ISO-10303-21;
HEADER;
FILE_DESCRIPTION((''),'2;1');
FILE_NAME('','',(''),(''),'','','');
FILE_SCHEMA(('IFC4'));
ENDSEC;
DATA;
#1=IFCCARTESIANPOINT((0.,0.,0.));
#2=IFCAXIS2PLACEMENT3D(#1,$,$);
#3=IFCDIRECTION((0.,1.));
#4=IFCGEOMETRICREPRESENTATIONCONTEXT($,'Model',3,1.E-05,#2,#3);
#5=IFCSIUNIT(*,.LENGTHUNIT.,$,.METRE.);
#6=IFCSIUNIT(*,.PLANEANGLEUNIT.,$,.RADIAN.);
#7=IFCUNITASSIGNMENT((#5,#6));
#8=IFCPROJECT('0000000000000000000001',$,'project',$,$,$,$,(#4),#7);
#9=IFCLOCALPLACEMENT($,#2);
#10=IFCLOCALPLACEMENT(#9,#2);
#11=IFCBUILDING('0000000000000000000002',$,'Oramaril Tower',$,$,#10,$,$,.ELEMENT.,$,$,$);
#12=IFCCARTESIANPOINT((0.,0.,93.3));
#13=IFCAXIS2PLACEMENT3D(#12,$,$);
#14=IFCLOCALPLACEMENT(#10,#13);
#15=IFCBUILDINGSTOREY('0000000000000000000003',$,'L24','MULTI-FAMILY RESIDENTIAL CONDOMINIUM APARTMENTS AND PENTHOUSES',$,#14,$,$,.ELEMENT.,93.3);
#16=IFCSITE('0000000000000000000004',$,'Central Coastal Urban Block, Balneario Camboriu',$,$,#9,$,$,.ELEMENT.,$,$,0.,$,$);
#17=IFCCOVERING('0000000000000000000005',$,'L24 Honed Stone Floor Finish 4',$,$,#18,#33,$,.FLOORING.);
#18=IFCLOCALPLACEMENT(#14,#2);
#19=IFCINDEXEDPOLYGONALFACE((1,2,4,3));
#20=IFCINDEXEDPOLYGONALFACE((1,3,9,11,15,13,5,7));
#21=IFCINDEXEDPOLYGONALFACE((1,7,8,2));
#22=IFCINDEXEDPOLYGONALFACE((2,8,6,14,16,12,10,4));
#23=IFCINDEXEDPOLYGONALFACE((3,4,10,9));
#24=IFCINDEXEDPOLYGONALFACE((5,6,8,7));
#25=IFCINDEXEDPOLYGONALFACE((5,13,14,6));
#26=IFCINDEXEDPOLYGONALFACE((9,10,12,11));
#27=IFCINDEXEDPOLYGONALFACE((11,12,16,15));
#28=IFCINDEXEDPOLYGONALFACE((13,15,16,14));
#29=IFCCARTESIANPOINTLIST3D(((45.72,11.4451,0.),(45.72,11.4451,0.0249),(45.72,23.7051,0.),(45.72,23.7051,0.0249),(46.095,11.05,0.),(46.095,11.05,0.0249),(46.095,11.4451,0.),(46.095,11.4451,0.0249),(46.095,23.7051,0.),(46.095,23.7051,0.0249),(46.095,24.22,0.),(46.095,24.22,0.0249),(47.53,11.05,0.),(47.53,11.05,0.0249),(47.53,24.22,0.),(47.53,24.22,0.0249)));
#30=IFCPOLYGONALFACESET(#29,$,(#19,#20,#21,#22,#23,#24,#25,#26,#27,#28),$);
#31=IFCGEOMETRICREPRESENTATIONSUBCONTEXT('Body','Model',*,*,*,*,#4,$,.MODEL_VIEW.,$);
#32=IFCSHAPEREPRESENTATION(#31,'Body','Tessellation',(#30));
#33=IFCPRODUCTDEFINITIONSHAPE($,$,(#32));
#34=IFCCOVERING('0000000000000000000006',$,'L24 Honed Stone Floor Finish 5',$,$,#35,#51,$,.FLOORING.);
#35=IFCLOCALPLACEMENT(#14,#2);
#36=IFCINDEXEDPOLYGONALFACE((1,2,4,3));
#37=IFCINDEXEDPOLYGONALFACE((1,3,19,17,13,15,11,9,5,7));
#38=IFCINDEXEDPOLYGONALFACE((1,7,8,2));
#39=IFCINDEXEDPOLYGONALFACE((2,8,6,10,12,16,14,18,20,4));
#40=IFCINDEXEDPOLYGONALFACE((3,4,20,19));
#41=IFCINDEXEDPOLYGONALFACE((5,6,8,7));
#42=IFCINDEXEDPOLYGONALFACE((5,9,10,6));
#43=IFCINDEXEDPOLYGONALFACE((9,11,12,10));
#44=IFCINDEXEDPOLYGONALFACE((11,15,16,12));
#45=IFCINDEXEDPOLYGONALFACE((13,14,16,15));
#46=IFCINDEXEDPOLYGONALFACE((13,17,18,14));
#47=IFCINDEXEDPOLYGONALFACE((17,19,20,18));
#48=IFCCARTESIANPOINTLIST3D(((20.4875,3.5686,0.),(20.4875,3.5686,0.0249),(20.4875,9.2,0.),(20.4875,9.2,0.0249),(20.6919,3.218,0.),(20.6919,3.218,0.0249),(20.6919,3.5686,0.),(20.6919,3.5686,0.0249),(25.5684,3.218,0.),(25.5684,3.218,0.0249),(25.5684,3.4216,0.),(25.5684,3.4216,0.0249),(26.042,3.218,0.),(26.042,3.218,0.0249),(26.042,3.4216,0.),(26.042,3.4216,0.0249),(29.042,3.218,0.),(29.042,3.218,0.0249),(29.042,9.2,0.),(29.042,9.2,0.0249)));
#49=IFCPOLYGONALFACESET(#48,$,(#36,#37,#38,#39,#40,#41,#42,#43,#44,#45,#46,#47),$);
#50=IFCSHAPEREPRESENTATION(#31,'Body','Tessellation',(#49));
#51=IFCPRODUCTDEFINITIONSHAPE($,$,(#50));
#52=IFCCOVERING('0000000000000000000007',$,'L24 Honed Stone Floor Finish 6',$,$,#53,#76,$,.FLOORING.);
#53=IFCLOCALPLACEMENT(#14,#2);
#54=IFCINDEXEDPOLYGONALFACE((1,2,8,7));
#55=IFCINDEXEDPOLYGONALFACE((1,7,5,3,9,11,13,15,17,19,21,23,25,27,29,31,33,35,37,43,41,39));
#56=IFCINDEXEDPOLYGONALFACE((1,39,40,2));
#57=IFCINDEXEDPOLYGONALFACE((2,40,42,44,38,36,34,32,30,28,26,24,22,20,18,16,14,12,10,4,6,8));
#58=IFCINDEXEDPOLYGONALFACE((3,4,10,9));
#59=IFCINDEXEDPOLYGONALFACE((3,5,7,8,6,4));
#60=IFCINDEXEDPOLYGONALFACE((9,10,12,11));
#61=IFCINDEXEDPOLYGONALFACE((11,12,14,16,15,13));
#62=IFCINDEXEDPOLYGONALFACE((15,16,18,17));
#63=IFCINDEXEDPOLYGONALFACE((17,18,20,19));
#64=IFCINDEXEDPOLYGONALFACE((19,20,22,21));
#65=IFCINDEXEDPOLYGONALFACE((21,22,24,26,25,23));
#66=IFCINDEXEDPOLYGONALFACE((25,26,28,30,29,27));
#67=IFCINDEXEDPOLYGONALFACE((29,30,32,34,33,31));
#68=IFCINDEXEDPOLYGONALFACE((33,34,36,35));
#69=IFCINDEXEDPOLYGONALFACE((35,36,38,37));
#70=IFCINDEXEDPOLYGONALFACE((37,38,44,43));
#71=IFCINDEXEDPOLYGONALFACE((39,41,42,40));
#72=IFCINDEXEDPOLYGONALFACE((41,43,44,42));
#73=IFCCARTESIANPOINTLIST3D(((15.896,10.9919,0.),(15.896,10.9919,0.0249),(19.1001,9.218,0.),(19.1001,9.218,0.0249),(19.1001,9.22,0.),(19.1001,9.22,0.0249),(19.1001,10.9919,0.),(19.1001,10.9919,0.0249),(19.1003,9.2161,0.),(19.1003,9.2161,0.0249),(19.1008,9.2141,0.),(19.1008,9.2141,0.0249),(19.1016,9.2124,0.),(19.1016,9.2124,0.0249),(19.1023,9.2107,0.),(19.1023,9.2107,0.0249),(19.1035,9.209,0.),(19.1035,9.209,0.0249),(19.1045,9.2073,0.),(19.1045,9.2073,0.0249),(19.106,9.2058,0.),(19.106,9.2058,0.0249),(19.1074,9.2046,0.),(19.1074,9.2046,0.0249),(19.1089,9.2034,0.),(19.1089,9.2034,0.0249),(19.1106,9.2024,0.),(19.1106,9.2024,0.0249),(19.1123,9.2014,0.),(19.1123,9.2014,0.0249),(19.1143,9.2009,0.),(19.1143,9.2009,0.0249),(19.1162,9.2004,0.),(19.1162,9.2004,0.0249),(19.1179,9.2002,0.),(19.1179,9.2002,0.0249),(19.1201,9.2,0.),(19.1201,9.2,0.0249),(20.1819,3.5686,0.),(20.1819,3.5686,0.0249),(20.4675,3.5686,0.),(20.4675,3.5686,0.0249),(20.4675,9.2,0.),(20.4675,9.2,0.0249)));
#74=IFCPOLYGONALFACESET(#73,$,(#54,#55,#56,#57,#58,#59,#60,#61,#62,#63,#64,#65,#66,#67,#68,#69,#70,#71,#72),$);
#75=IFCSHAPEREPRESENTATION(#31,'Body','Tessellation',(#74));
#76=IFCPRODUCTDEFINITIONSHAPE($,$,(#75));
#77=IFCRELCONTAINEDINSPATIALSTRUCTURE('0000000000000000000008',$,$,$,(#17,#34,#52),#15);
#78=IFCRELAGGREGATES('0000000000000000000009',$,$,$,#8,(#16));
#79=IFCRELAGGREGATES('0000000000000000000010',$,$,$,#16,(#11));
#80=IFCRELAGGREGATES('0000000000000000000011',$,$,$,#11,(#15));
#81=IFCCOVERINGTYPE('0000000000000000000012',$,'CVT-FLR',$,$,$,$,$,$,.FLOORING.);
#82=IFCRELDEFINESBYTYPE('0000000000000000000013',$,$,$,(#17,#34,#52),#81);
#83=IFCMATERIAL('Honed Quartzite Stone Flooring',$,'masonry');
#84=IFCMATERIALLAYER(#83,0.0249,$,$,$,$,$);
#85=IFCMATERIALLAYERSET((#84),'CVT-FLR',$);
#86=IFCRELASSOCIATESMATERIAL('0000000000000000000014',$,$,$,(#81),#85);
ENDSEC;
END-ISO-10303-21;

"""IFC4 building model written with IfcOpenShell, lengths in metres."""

from ifc_helpers import new_model, si_unit, direction, frame, origin, place, context, subcontext, project, spatial, polyline, outline, extrude, material, layer, layer_set, type_object, element, save


model = new_model("IFC4")

# Units and contexts
model_context = context("Model", 3, precision=1e-05, world=origin(), true_north=direction((0.0, 1.0)))
body_context = subcontext(model_context, "Body", "Model", "MODEL_VIEW")
ifc_project = project(units=[si_unit("LENGTHUNIT", "METRE"), si_unit("PLANEANGLEUNIT", "RADIAN")], contexts=[model_context])

# Site, building, storey
site_placement = place(None, origin())
site = spatial("IfcSite", under=ifc_project, at=site_placement, Name="Central Coastal Urban Block, Balneario Camboriu", CompositionType="ELEMENT", RefElevation=0.0)
building_placement = place(site_placement, origin())
building = spatial("IfcBuilding", under=site, at=building_placement, Name="Oramaril Tower", CompositionType="ELEMENT")
storey_placement = place(building_placement, frame((0.0, 0.0, 93.3)))
storey = spatial("IfcBuildingStorey", under=building, at=storey_placement, Name="L24", Description="MULTI-FAMILY RESIDENTIAL CONDOMINIUM APARTMENTS AND PENTHOUSES", CompositionType="ELEMENT", Elevation=93.3)

# Coverings
ifc_material_1 = material(Name="Honed Quartzite Stone Flooring", Category="masonry")
ifc_layer_1 = layer(ifc_material_1, 0.0249)
ifc_layer_set_1 = layer_set([ifc_layer_1], Name="CVT-FLR")
covering_type_1 = type_object("IfcCoveringType", Name="CVT-FLR", PredefinedType="FLOORING", material=ifc_layer_set_1)
covering_1_placement = place(storey_placement, origin())
element("IfcCovering", 1, at=covering_1_placement, inside=storey, type_object=covering_type_1, Name="L24 Honed Stone Floor Finish 4", PredefinedType="FLOORING", context=body_context, shape_type="SweptSolid", body=[
    extrude(outline(polyline([(47.53, 11.05), (46.095, 11.05), (46.095, 11.4451), (45.72, 11.4451), (45.72, 23.7051), (46.095, 23.7051), (46.095, 24.22), (47.53, 24.22), (47.53, 11.05)])), origin(), (0.0, 0.0, 1.0), 0.0249),
])
covering_2_placement = place(storey_placement, origin())
element("IfcCovering", 2, at=covering_2_placement, inside=storey, type_object=covering_type_1, Name="L24 Honed Stone Floor Finish 5", PredefinedType="FLOORING", context=body_context, shape_type="SweptSolid", body=[
    extrude(outline(polyline([(26.042, 3.4216), (25.5684, 3.4216), (25.5684, 3.218), (20.6919, 3.218), (20.6919, 3.5686), (20.4875, 3.5686), (20.4875, 9.2), (29.042, 9.2), (29.042, 3.218), (26.042, 3.218), (26.042, 3.4216)])), origin(), (0.0, 0.0, 1.0), 0.0249),
])
covering_3_placement = place(storey_placement, origin())
element("IfcCovering", 3, at=covering_3_placement, inside=storey, type_object=covering_type_1, Name="L24 Honed Stone Floor Finish 6", PredefinedType="FLOORING", context=body_context, shape_type="SweptSolid", body=[
    extrude(outline(polyline([(20.1819, 3.5686), (15.896, 10.9919), (19.1001, 10.9919), (19.1001, 9.22), (19.1001, 9.218), (19.1003, 9.2161), (19.1008, 9.2141), (19.1016, 9.2124), (19.1023, 9.2107), (19.1035, 9.209), (19.1045, 9.2073), (19.106, 9.2058), (19.1074, 9.2046), (19.1089, 9.2034), (19.1106, 9.2024), (19.1123, 9.2014), (19.1143, 9.2009), (19.1162, 9.2004), (19.1179, 9.2002), (19.1201, 9.2), (20.4675, 9.2), (20.4675, 3.5686), (20.1819, 3.5686)])), origin(), (0.0, 0.0, 1.0), 0.0249),
])

save(model, "model.ifc")
